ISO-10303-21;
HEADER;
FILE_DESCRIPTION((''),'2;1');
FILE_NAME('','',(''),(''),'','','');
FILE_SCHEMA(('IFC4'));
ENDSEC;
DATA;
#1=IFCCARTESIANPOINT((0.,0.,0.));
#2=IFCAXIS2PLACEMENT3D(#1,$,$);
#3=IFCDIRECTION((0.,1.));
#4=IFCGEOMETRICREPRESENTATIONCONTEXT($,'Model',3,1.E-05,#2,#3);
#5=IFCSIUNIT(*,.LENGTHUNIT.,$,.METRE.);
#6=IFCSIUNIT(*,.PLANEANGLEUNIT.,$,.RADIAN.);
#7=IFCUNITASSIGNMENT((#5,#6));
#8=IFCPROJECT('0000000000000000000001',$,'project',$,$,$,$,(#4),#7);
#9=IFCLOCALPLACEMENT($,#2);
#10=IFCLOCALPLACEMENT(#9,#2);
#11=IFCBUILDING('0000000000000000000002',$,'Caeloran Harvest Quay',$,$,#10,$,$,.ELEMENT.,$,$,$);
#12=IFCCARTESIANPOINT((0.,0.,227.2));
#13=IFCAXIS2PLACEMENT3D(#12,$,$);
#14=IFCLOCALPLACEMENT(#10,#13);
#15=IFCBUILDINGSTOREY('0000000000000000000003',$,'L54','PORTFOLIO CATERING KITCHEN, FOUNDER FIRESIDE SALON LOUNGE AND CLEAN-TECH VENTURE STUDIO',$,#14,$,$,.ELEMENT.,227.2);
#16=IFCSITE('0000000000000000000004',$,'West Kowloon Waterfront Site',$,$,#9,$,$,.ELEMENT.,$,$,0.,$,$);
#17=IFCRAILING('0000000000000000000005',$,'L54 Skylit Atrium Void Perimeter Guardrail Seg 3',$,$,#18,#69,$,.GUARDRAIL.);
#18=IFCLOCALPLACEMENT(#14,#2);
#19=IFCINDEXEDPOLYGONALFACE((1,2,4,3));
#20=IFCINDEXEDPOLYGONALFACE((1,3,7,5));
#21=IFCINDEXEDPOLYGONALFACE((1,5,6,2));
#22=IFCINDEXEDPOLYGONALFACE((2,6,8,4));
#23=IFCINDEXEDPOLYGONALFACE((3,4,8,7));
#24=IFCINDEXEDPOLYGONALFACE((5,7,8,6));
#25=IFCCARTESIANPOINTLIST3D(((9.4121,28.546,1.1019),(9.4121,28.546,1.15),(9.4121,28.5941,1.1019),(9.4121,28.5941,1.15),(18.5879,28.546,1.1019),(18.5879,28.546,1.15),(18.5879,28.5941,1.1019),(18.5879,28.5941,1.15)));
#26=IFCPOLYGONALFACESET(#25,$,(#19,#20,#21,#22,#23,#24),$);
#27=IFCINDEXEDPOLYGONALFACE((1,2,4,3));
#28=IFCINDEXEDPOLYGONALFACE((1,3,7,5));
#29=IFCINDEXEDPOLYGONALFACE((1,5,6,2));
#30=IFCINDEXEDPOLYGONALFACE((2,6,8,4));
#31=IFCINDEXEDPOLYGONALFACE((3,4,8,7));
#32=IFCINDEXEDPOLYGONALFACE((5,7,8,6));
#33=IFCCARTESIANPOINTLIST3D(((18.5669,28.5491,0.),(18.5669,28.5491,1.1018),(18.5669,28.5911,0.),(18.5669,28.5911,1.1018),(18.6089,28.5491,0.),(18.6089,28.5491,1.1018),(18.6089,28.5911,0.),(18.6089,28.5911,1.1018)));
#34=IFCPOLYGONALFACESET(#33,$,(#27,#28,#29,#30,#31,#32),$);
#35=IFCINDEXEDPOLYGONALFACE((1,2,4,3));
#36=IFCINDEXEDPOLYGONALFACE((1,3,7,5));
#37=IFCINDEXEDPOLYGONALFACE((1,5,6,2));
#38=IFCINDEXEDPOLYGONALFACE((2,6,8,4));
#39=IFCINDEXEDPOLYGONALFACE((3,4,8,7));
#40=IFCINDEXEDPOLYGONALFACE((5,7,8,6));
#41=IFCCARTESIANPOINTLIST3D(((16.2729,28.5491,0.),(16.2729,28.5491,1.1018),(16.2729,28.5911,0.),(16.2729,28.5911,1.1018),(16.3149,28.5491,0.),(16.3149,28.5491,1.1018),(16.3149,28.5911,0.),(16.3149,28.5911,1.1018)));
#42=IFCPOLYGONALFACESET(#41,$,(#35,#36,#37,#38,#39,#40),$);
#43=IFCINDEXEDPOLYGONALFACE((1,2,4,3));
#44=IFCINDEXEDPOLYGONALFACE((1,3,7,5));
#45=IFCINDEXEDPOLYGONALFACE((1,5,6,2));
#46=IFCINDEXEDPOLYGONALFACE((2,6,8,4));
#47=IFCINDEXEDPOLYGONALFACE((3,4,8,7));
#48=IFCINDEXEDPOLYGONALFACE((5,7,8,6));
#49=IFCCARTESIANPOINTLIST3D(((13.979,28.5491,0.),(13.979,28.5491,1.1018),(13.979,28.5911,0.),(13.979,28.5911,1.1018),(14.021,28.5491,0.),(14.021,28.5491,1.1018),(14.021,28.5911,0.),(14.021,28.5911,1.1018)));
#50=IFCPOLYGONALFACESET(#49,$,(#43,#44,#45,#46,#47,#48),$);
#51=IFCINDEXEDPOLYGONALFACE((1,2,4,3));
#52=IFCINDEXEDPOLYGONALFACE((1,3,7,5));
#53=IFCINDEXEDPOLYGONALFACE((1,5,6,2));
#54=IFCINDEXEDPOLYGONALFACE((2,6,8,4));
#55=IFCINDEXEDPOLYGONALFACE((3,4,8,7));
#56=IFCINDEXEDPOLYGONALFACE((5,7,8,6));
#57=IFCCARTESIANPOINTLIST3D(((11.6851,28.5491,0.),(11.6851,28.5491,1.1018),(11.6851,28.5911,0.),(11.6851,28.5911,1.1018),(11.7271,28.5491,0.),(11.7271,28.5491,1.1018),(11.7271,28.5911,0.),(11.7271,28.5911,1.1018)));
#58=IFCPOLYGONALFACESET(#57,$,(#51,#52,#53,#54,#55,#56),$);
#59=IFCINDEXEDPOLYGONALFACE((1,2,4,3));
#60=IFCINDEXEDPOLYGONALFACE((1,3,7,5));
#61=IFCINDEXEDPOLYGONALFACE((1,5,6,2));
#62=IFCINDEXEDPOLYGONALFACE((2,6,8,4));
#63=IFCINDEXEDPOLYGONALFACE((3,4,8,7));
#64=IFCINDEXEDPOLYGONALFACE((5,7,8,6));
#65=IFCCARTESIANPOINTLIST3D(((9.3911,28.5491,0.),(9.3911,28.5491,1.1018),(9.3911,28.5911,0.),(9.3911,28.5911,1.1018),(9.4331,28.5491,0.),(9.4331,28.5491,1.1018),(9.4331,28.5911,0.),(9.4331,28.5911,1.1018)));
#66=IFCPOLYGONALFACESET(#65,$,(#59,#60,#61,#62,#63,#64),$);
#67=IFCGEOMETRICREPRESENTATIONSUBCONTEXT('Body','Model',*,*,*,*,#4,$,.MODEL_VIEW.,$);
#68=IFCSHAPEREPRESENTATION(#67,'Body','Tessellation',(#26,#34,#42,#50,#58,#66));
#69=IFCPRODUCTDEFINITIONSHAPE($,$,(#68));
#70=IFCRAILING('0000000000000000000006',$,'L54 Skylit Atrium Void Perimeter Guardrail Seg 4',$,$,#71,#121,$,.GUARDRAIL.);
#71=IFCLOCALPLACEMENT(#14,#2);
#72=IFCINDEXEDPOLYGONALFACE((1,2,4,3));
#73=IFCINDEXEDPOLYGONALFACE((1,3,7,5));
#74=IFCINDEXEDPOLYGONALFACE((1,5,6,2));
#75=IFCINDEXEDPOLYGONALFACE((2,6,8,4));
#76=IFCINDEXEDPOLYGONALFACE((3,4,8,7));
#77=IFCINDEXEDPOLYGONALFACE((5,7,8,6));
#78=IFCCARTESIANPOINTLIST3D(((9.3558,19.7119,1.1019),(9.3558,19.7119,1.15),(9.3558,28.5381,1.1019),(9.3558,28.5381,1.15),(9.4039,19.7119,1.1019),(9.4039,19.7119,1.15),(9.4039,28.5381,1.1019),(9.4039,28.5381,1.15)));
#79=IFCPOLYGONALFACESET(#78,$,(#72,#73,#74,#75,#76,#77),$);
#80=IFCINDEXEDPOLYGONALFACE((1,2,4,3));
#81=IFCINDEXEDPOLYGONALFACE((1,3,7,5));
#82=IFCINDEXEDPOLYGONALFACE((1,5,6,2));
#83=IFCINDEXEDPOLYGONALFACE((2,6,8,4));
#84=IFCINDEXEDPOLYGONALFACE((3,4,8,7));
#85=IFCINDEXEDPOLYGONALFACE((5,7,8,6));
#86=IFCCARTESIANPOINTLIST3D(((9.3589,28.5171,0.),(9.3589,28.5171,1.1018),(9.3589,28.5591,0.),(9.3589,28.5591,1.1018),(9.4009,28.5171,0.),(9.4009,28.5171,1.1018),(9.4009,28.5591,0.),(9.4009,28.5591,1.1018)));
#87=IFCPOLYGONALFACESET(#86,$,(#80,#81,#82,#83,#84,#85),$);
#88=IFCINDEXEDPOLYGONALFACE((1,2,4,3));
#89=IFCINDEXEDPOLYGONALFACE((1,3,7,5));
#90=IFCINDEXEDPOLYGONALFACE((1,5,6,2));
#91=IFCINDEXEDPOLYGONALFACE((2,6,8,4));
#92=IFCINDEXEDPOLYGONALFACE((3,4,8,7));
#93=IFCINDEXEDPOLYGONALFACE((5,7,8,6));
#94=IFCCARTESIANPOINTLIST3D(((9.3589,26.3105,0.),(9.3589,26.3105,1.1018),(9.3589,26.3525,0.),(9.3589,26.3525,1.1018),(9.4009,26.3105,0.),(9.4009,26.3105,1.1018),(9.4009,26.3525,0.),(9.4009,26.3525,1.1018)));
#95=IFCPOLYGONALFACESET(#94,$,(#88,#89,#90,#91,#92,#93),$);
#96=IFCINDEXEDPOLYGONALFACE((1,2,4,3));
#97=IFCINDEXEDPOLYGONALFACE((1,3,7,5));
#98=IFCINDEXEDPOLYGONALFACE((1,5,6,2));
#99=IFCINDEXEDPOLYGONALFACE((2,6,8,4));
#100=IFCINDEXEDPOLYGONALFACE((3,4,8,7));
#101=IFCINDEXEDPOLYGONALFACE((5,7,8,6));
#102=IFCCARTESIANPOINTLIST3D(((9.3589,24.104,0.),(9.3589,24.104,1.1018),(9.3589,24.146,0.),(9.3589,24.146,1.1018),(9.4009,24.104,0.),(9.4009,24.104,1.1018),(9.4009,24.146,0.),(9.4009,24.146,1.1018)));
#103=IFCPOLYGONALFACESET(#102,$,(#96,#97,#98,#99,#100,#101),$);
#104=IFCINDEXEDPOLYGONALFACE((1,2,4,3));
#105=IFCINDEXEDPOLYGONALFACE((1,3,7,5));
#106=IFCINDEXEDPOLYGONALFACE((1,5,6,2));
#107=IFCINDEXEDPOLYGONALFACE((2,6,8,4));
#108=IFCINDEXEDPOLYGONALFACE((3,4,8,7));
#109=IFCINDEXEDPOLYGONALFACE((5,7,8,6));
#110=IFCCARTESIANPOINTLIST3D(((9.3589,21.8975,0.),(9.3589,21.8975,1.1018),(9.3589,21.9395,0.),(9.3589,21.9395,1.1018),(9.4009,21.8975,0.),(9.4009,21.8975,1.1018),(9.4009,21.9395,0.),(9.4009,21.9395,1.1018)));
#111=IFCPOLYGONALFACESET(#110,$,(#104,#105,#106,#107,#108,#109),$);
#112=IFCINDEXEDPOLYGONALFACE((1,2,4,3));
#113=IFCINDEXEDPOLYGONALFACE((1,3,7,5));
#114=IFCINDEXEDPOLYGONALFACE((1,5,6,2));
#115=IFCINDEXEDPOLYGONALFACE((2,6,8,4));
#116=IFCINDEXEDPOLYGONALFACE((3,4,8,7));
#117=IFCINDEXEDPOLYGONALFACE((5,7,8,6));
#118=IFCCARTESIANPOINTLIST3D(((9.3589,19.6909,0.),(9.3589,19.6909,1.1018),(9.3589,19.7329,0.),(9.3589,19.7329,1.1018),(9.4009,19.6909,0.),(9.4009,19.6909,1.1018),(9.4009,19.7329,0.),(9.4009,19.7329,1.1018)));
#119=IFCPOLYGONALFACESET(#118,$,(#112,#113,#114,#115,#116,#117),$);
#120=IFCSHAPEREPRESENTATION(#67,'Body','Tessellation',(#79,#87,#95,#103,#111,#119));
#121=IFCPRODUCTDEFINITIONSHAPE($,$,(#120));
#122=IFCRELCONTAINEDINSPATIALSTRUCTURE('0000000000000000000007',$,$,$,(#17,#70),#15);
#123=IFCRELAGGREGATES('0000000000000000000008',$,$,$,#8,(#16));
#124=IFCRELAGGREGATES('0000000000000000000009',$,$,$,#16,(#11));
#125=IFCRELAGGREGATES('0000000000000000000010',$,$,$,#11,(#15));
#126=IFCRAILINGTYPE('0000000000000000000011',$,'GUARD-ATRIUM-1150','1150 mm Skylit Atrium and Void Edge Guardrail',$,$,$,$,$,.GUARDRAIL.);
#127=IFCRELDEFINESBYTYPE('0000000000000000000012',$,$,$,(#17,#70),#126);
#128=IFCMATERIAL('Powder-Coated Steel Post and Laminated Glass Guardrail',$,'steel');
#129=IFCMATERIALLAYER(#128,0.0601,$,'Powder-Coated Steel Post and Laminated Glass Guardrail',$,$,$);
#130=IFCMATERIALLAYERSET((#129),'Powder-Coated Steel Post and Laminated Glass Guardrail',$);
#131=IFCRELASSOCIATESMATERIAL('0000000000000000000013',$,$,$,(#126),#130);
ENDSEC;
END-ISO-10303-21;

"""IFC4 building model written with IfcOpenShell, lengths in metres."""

from ifc_helpers import new_model, si_unit, direction, frame, origin, origin_2d, place, context, subcontext, project, spatial, rectangle, extrude, material, layer, layer_set, type_object, element, save


model = new_model("IFC4")

# Units and contexts
model_context = context("Model", 3, precision=1e-05, world=origin(), true_north=direction((0.0, 1.0)))
body_context = subcontext(model_context, "Body", "Model", "MODEL_VIEW")
ifc_project = project(units=[si_unit("LENGTHUNIT", "METRE"), si_unit("PLANEANGLEUNIT", "RADIAN")], contexts=[model_context])

# Site, building, storey
site_placement = place(None, origin())
site = spatial("IfcSite", under=ifc_project, at=site_placement, Name="West Kowloon Waterfront Site", CompositionType="ELEMENT", RefElevation=0.0)
building_placement = place(site_placement, origin())
building = spatial("IfcBuilding", under=site, at=building_placement, Name="Caeloran Harvest Quay", CompositionType="ELEMENT")
storey_placement = place(building_placement, frame((0.0, 0.0, 227.2)))
storey = spatial("IfcBuildingStorey", under=building, at=storey_placement, Name="L54", Description="PORTFOLIO CATERING KITCHEN, FOUNDER FIRESIDE SALON LOUNGE AND CLEAN-TECH VENTURE STUDIO", CompositionType="ELEMENT", Elevation=227.2)

# Railings
ifc_material_1 = material(Name="Powder-Coated Steel Post and Laminated Glass Guardrail", Category="steel")
ifc_layer_1 = layer(ifc_material_1, 0.0601, Name="Powder-Coated Steel Post and Laminated Glass Guardrail")
ifc_layer_set_1 = layer_set([ifc_layer_1], Name="Powder-Coated Steel Post and Laminated Glass Guardrail")
railing_type = type_object("IfcRailingType", Name="GUARD-ATRIUM-1150", Description="1150 mm Skylit Atrium and Void Edge Guardrail", PredefinedType="GUARDRAIL", material=ifc_layer_set_1)
railing_1_placement = place(storey_placement, frame((18.5879, 28.5701, 0.0)))
element("IfcRailing", 1, at=railing_1_placement, inside=storey, type_object=railing_type, Name="L54 Skylit Atrium Void Perimeter Guardrail Seg 3", PredefinedType="GUARDRAIL", context=body_context, shape_type="SweptSolid", body=[
    extrude(rectangle(XDim=0.0481, YDim=0.0481, at=origin_2d()), frame((0.0, 0.0, 1.126), z_axis=(-1.0, 0.0, 0.0), x_axis=(0.0, -1.0, 0.0)), (0.0, 0.0, 1.0), 9.1758),
    extrude(rectangle(XDim=0.042, YDim=0.042, at=origin_2d()), origin(), (0.0, 0.0, 1.0), 1.1018),
    extrude(rectangle(XDim=0.042, YDim=0.042, at=origin_2d()), frame((-2.2939, 0.0, 0.0)), (0.0, 0.0, 1.0), 1.1018),
    extrude(rectangle(XDim=0.042, YDim=0.042, at=origin_2d()), frame((-4.5879, 0.0, 0.0)), (0.0, 0.0, 1.0), 1.1018),
    extrude(rectangle(XDim=0.042, YDim=0.042, at=origin_2d()), frame((-6.8818, 0.0, 0.0)), (0.0, 0.0, 1.0), 1.1018),
    extrude(rectangle(XDim=0.042, YDim=0.042, at=origin_2d()), frame((-9.1758, 0.0, 0.0)), (0.0, 0.0, 1.0), 1.1018),
])
railing_2_placement = place(storey_placement, frame((9.3799, 28.5381, 0.0)))
element("IfcRailing", 2, at=railing_2_placement, inside=storey, type_object=railing_type, Name="L54 Skylit Atrium Void Perimeter Guardrail Seg 4", PredefinedType="GUARDRAIL", context=body_context, shape_type="SweptSolid", body=[
    extrude(rectangle(XDim=0.0481, YDim=0.0481, at=origin_2d()), frame((0.0, 0.0, 1.126), z_axis=(0.0, -1.0, 0.0), x_axis=(1.0, 0.0, 0.0)), (0.0, 0.0, 1.0), 8.8262),
    extrude(rectangle(XDim=0.042, YDim=0.042, at=origin_2d()), origin(), (0.0, 0.0, 1.0), 1.1018),
    extrude(rectangle(XDim=0.042, YDim=0.042, at=origin_2d()), frame((0.0, -2.2065, 0.0)), (0.0, 0.0, 1.0), 1.1018),
    extrude(rectangle(XDim=0.042, YDim=0.042, at=origin_2d()), frame((0.0, -4.4131, 0.0)), (0.0, 0.0, 1.0), 1.1018),
    extrude(rectangle(XDim=0.042, YDim=0.042, at=origin_2d()), frame((0.0, -6.6196, 0.0)), (0.0, 0.0, 1.0), 1.1018),
    extrude(rectangle(XDim=0.042, YDim=0.042, at=origin_2d()), frame((0.0, -8.8262, 0.0)), (0.0, 0.0, 1.0), 1.1018),
])

save(model, "model.ifc")
